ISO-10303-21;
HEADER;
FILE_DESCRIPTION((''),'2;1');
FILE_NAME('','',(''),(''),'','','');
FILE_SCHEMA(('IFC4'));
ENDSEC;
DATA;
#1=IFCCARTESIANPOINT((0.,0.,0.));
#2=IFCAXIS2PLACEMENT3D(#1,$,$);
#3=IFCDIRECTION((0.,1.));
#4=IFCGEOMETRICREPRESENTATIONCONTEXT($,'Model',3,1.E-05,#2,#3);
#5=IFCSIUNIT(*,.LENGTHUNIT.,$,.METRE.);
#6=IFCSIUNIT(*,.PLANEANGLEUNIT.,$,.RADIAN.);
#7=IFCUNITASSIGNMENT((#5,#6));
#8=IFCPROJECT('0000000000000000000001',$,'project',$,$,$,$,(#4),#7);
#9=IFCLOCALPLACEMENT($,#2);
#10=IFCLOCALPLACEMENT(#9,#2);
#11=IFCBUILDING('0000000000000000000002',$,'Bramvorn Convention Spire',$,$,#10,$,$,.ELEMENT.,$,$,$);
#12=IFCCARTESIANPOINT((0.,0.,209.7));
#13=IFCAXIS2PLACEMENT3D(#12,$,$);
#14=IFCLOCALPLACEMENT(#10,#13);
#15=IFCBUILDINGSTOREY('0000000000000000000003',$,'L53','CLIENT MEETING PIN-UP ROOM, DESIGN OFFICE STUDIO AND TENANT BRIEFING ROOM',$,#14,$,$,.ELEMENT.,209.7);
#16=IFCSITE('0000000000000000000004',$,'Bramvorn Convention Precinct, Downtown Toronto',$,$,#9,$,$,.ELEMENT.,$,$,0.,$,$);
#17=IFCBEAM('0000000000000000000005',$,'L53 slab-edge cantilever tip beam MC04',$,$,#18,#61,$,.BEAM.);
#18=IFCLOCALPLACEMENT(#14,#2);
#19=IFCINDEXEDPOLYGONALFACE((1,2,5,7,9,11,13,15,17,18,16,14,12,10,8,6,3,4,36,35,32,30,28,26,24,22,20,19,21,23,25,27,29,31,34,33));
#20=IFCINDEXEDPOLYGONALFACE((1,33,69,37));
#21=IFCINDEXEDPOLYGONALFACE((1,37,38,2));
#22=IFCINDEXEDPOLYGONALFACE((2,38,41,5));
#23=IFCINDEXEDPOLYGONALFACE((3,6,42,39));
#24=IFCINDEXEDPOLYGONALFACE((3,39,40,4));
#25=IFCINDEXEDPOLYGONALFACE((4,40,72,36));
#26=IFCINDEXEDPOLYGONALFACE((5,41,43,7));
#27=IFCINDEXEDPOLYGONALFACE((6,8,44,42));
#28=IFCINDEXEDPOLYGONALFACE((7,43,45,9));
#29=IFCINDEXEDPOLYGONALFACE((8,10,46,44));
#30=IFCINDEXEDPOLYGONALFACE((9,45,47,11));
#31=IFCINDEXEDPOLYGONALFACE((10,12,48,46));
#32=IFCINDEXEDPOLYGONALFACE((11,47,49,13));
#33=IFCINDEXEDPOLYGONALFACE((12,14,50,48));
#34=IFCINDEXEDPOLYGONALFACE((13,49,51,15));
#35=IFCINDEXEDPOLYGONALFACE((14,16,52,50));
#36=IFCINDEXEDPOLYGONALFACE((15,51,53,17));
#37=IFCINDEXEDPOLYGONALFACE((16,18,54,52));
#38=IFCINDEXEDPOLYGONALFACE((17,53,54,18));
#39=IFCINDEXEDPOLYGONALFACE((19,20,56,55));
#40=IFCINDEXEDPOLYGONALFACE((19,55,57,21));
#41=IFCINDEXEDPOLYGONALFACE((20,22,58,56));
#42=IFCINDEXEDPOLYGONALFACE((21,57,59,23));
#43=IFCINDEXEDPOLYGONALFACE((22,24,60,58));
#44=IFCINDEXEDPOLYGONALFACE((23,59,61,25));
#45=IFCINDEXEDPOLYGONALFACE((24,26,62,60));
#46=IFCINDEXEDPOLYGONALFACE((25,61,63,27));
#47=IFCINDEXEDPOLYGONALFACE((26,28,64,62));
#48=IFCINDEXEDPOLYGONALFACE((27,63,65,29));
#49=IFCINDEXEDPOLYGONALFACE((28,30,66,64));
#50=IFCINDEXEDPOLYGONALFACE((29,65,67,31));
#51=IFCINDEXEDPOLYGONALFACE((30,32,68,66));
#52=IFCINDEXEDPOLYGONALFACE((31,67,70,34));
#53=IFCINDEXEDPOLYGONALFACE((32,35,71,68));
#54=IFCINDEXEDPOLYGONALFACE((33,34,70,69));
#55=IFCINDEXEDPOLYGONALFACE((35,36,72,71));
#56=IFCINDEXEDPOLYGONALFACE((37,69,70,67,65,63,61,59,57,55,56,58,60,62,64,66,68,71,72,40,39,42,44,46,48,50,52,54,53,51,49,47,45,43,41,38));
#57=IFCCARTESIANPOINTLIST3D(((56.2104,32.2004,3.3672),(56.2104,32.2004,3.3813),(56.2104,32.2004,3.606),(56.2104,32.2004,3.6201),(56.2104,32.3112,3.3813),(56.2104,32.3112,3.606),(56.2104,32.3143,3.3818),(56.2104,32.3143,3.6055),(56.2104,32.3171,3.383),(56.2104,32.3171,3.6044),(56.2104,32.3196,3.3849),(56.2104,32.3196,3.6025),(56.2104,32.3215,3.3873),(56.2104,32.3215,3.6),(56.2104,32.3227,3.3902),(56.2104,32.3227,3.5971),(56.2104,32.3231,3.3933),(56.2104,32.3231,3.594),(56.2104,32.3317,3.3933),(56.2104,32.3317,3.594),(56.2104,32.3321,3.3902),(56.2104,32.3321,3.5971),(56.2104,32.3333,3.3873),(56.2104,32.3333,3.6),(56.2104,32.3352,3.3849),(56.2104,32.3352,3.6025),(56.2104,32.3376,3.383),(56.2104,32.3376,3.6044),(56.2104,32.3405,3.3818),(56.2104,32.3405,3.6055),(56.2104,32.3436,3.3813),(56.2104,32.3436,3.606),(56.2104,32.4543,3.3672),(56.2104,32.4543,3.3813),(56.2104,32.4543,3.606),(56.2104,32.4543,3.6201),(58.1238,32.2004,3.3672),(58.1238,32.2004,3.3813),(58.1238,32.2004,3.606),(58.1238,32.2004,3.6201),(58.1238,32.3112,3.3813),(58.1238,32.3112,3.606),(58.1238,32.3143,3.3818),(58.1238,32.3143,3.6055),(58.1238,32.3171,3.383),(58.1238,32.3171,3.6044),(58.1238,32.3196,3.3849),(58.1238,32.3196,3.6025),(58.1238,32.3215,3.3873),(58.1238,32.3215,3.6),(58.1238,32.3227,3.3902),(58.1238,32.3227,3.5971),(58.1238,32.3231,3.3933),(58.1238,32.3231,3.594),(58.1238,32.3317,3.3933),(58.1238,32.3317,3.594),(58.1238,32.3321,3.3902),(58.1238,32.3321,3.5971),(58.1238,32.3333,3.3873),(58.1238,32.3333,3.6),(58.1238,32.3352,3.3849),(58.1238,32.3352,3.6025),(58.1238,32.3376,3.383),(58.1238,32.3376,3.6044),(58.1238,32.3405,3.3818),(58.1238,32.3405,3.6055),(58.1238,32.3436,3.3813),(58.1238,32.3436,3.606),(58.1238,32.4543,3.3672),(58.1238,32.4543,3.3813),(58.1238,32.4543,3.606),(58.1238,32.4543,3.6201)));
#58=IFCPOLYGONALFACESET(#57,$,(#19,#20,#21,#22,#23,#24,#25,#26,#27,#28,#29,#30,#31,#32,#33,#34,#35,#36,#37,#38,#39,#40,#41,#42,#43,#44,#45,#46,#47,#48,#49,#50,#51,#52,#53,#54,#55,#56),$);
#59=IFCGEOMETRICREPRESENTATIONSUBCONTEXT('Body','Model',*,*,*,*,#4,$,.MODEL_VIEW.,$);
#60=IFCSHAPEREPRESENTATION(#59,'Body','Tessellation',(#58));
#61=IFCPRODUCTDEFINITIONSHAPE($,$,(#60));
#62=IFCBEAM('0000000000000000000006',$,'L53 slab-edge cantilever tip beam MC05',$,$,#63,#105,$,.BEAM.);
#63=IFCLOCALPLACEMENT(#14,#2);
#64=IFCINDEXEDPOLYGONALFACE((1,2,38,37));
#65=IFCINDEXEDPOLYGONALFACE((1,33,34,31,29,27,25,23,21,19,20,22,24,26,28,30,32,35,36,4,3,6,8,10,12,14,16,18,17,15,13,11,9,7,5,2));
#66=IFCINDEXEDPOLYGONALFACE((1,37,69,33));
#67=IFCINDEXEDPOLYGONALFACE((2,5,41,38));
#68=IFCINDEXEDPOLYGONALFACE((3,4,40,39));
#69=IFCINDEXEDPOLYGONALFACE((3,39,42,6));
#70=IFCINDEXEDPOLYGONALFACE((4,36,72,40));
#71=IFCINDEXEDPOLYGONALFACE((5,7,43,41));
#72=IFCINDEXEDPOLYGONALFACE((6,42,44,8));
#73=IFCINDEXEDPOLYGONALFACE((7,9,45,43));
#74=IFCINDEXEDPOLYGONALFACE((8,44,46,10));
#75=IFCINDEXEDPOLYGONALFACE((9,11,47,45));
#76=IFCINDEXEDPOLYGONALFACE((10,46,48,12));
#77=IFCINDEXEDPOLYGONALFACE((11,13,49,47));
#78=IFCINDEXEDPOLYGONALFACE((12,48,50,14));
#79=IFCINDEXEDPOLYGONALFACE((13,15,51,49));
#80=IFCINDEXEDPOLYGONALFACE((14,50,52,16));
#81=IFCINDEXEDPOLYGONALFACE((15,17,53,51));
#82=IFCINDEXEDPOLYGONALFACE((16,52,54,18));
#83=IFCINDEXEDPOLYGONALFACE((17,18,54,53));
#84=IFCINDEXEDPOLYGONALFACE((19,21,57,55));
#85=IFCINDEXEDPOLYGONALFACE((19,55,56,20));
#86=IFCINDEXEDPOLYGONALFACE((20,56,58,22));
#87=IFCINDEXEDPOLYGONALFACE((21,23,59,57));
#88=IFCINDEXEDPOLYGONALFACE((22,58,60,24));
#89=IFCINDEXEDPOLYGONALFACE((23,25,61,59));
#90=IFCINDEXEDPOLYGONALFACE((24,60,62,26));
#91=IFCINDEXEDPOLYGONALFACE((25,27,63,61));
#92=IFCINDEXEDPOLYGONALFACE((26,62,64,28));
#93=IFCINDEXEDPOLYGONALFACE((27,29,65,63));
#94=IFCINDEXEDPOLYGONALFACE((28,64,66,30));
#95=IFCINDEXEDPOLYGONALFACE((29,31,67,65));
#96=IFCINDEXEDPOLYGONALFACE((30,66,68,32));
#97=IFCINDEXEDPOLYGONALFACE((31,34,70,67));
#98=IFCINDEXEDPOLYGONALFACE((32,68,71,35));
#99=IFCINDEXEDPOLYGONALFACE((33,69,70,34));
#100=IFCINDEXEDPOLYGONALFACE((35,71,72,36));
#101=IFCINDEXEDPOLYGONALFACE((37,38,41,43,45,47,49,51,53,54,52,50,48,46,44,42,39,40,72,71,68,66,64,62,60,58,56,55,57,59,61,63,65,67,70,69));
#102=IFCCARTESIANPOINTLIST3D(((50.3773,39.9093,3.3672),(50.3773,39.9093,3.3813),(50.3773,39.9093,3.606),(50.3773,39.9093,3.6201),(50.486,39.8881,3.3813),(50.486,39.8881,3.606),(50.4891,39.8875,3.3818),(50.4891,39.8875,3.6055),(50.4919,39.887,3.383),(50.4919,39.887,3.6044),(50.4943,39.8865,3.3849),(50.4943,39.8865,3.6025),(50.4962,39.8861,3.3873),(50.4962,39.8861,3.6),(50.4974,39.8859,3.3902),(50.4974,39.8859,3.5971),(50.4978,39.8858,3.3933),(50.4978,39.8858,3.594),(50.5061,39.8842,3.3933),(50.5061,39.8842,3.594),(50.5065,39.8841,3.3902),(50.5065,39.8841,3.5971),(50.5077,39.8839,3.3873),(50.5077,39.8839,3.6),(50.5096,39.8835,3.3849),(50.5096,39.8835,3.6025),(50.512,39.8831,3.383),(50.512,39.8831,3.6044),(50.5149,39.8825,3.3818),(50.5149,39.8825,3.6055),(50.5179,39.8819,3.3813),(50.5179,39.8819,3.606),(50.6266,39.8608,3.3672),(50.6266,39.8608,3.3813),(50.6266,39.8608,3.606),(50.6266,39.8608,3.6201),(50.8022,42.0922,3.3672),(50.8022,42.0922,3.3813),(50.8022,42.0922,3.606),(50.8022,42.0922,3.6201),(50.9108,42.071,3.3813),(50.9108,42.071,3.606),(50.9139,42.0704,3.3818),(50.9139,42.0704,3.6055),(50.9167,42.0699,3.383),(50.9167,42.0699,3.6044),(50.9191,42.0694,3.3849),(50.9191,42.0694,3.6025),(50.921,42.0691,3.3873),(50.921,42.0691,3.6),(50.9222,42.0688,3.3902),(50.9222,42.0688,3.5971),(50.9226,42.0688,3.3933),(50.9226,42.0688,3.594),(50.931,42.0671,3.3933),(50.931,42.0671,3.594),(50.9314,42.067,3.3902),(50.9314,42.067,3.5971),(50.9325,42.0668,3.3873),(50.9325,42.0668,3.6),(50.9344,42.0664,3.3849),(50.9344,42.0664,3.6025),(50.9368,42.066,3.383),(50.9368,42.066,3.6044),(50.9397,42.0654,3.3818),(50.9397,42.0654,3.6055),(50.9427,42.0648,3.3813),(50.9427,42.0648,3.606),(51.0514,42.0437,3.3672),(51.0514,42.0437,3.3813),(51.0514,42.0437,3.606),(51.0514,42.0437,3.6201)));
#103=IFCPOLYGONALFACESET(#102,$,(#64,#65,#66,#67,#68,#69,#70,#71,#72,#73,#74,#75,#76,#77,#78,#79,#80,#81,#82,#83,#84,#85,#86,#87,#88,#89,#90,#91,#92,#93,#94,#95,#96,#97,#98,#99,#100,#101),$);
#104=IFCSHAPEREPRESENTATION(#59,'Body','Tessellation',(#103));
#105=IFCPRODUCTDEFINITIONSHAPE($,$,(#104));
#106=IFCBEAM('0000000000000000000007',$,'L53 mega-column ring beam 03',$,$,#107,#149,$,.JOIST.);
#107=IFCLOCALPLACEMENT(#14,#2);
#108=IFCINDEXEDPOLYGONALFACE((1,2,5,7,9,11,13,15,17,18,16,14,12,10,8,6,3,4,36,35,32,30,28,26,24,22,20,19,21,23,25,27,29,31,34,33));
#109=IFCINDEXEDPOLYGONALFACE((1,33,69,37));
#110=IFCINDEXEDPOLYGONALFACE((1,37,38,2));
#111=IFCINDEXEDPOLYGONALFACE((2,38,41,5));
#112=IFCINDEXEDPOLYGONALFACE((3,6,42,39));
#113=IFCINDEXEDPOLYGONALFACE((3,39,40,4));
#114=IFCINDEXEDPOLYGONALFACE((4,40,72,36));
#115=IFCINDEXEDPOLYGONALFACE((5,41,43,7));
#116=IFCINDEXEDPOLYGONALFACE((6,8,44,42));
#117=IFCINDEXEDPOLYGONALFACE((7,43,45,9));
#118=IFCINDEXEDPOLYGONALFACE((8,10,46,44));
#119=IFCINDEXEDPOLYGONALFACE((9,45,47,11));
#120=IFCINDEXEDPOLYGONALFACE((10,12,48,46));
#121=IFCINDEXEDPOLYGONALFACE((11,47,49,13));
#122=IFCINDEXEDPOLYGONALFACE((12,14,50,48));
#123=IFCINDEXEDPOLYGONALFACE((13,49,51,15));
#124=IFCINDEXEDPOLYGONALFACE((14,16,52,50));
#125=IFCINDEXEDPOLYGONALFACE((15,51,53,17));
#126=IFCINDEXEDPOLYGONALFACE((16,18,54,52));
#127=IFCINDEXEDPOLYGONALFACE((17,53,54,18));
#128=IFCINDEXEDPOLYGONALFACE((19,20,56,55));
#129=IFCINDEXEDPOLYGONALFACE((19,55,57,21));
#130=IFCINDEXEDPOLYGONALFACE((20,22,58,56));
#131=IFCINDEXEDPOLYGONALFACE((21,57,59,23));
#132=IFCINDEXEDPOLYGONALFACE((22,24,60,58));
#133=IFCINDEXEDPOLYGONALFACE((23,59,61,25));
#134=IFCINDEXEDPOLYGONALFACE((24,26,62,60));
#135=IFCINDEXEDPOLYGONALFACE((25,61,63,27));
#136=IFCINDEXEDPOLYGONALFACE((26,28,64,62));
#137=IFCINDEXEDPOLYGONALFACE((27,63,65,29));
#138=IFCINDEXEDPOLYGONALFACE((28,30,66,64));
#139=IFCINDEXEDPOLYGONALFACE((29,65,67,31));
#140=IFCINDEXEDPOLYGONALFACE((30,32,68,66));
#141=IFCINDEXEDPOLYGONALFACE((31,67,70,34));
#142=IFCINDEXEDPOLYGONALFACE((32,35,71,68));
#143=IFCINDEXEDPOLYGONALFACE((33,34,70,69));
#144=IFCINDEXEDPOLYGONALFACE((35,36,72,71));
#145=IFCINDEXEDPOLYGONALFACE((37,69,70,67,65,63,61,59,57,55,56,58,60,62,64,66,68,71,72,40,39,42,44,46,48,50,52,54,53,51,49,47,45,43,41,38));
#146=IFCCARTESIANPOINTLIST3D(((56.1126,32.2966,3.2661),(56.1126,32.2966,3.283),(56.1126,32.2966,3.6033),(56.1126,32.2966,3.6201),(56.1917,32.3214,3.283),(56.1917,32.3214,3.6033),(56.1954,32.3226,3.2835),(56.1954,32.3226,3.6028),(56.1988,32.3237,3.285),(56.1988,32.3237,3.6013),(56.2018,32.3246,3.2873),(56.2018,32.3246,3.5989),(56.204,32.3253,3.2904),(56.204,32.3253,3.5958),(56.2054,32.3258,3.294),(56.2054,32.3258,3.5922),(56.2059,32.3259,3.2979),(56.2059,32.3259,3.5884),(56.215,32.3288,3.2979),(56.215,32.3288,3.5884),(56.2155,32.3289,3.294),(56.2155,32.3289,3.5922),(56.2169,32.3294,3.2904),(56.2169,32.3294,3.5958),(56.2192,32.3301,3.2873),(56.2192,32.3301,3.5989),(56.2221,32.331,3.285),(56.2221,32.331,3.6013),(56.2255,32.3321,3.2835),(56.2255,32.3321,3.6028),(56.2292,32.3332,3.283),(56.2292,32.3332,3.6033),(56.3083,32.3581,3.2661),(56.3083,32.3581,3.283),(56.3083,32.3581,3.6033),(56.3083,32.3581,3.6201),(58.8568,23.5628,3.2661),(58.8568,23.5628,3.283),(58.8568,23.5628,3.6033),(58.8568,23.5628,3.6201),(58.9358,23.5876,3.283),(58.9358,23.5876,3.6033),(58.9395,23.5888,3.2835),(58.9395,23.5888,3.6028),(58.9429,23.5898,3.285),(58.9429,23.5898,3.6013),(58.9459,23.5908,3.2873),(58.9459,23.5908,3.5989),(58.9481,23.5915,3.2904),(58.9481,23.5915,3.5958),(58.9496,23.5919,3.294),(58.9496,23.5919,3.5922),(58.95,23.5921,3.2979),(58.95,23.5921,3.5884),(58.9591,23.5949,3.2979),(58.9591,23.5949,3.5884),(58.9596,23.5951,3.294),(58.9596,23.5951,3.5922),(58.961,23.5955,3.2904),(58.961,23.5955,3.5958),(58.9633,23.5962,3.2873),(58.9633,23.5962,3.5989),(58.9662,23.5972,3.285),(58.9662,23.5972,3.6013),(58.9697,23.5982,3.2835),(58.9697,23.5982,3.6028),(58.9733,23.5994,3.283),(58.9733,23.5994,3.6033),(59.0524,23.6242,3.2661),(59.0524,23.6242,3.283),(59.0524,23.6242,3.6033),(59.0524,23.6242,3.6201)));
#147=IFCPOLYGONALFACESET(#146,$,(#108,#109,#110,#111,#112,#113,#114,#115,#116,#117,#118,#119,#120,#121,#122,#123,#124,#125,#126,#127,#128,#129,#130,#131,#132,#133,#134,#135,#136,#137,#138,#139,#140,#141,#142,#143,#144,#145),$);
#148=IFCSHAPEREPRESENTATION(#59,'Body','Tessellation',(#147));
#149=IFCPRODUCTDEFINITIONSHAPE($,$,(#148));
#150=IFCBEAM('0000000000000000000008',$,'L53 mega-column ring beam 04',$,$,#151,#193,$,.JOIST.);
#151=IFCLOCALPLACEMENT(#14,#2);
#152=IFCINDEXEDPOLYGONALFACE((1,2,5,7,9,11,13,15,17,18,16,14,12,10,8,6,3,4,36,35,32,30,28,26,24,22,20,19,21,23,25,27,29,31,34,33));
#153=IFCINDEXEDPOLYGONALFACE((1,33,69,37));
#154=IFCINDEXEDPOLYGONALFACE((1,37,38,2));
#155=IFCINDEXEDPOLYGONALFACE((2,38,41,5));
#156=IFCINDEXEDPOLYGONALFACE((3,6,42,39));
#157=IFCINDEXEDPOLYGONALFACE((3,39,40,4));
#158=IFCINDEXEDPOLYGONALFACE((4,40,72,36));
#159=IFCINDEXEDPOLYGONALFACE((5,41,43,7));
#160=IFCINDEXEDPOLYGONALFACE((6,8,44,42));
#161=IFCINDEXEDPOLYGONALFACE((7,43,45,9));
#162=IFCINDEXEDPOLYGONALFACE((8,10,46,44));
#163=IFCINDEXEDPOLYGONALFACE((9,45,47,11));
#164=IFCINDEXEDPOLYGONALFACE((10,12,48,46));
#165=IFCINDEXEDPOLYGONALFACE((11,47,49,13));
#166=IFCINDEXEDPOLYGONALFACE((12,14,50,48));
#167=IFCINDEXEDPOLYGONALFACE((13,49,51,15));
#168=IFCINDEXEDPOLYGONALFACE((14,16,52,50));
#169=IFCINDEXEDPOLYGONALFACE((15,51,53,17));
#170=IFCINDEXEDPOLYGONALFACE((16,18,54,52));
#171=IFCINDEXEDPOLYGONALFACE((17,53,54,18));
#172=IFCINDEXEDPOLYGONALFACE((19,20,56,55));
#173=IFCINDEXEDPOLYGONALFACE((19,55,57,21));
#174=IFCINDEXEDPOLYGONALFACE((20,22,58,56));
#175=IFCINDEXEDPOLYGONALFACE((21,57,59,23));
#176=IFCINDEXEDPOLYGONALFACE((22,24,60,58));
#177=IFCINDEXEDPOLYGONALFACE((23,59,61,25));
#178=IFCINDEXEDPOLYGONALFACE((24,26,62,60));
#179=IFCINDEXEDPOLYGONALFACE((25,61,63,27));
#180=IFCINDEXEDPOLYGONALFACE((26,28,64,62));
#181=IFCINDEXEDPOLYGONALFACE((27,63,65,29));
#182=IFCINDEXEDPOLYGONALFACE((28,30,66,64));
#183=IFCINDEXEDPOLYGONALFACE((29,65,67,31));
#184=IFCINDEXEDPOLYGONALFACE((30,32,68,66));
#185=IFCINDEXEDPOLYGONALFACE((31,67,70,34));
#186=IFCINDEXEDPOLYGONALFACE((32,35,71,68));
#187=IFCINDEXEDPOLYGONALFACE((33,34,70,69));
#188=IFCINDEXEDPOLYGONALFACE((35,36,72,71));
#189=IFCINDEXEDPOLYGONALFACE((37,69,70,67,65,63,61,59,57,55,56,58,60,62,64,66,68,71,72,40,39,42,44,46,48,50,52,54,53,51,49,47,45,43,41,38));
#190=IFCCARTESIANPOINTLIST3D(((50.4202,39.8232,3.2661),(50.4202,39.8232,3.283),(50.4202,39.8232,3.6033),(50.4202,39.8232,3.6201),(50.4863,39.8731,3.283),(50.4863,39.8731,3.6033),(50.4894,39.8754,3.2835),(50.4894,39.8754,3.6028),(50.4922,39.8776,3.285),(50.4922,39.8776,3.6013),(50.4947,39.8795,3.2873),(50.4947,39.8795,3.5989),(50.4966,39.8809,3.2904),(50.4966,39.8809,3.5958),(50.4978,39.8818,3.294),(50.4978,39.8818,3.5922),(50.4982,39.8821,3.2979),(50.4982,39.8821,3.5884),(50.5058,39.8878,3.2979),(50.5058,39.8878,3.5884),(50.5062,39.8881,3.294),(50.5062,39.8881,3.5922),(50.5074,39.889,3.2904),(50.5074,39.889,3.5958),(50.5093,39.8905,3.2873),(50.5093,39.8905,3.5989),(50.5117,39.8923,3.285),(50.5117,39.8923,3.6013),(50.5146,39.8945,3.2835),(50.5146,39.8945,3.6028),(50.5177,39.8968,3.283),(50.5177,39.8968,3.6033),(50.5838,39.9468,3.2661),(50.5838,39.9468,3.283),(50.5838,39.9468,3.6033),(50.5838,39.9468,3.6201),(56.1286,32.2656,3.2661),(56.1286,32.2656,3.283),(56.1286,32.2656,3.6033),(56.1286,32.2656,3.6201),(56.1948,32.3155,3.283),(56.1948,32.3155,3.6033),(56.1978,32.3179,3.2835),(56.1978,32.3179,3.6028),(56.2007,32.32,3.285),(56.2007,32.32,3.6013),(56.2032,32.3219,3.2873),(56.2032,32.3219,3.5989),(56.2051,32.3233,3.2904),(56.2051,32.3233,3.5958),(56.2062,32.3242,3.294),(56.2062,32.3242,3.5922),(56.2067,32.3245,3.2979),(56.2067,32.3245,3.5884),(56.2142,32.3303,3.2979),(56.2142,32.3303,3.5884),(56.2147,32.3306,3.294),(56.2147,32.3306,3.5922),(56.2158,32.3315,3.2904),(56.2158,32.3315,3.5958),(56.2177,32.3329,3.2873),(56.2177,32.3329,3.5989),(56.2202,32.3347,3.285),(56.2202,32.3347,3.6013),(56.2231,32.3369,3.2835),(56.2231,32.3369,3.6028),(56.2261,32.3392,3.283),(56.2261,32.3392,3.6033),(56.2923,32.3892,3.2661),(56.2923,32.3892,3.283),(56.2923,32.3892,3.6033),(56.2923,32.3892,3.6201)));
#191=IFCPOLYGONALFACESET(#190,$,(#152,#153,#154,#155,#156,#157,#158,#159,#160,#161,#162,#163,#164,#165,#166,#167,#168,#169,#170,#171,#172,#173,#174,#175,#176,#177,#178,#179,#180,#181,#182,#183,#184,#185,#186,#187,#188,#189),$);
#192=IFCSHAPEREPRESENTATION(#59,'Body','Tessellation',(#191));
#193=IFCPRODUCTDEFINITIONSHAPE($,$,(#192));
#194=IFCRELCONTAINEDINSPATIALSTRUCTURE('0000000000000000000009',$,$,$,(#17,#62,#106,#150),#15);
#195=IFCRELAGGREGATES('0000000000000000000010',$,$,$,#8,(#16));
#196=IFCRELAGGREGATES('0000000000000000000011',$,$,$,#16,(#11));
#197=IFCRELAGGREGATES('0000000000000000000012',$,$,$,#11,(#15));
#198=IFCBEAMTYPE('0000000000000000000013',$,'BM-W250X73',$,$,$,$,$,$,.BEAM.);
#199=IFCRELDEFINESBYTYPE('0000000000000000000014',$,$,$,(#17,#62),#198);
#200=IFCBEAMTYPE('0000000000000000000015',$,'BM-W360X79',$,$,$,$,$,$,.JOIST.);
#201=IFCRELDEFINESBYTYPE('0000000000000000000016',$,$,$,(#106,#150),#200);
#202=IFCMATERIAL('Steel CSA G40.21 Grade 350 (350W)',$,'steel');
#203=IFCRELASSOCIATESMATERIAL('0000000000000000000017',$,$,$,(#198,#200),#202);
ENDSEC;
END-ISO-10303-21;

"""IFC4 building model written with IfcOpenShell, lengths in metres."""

from ifc_helpers import new_model, si_unit, direction, frame, origin, origin_2d, place, context, subcontext, project, spatial, i_section, extrude, material, material_profile, profile_set, type_object, element, save


model = new_model("IFC4")

# Units and contexts
model_context = context("Model", 3, precision=1e-05, world=origin(), true_north=direction((0.0, 1.0)))
body_context = subcontext(model_context, "Body", "Model", "MODEL_VIEW")
ifc_project = project(units=[si_unit("LENGTHUNIT", "METRE"), si_unit("PLANEANGLEUNIT", "RADIAN")], contexts=[model_context])

# Site, building, storey
site_placement = place(None, origin())
site = spatial("IfcSite", under=ifc_project, at=site_placement, Name="Bramvorn Convention Precinct, Downtown Toronto", CompositionType="ELEMENT", RefElevation=0.0)
building_placement = place(site_placement, origin())
building = spatial("IfcBuilding", under=site, at=building_placement, Name="Bramvorn Convention Spire", CompositionType="ELEMENT")
storey_placement = place(building_placement, frame((0.0, 0.0, 209.7)))
storey = spatial("IfcBuildingStorey", under=building, at=storey_placement, Name="L53", Description="CLIENT MEETING PIN-UP ROOM, DESIGN OFFICE STUDIO AND TENANT BRIEFING ROOM", CompositionType="ELEMENT", Elevation=209.7)

# Shared definitions
ifc_material_1 = material(Name="Steel CSA G40.21 Grade 350 (350W)", Category="steel")

# Beams
ifc_material_profile_1 = material_profile(ifc_material_1, i_section(OverallWidth=0.2539, OverallDepth=0.2529, WebThickness=0.0085, FlangeThickness=0.0142, FilletRadius=0.012, at=origin_2d()))
ifc_profile_set_1 = profile_set([ifc_material_profile_1], Name="Steel CSA G40.21 Grade 350 (350W) - W250X73")
beam_type_1 = type_object("IfcBeamType", Name="BM-W250X73", PredefinedType="BEAM", material=ifc_profile_set_1)
beam_1_placement = place(storey_placement, frame((56.2104, 32.3274, 3.4937), z_axis=(1.0, 0.0, 0.0), x_axis=(0.0, 1.0, 0.0)))
element("IfcBeam", 1, at=beam_1_placement, inside=storey, type_object=beam_type_1, Name="L53 slab-edge cantilever tip beam MC04", PredefinedType="BEAM", context=body_context, shape_type="SweptSolid", body=[
    extrude(i_section(OverallWidth=0.2539, OverallDepth=0.2529, WebThickness=0.0085, FlangeThickness=0.0142, FilletRadius=0.012, at=origin_2d()), origin(), (0.0, 0.0, 1.0), 1.9133),
])
beam_2_placement = place(storey_placement, frame((50.502, 39.885, 3.4937), z_axis=(0.191025, 0.981585, 0.0), x_axis=(-0.981585, 0.191025, 0.0)))
element("IfcBeam", 2, at=beam_2_placement, inside=storey, type_object=beam_type_1, Name="L53 slab-edge cantilever tip beam MC05", PredefinedType="BEAM", context=body_context, shape_type="SweptSolid", body=[
    extrude(i_section(OverallWidth=0.2539, OverallDepth=0.2529, WebThickness=0.0085, FlangeThickness=0.0142, FilletRadius=0.012, at=origin_2d()), origin(), (0.0, 0.0, 1.0), 2.2239),
])
ifc_material_profile_2 = material_profile(ifc_material_1, i_section(OverallWidth=0.2051, OverallDepth=0.354, WebThickness=0.0095, FlangeThickness=0.0168, FilletRadius=0.0149, at=origin_2d()))
ifc_profile_set_2 = profile_set([ifc_material_profile_2], Name="Steel CSA G40.21 Grade 350 (350W) - W360X79")
beam_type_2 = type_object("IfcBeamType", Name="BM-W360X79", PredefinedType="JOIST", material=ifc_profile_set_2)
beam_3_placement = place(storey_placement, frame((58.9546, 23.5935, 3.4431), z_axis=(-0.299748, 0.954019, 0.0), x_axis=(-0.954019, -0.299748, 0.0)))
element("IfcBeam", 3, at=beam_3_placement, inside=storey, type_object=beam_type_2, Name="L53 mega-column ring beam 03", PredefinedType="JOIST", context=body_context, shape_type="SweptSolid", body=[
    extrude(i_section(OverallWidth=0.2051, OverallDepth=0.354, WebThickness=0.0095, FlangeThickness=0.0168, FilletRadius=0.0149, at=origin_2d()), origin(), (0.0, 0.0, 1.0), 9.1548),
])
for number, where, z_axis, x_axis, name in (
    (4, (56.2104, 32.3274, 3.4431), (-0.602719, 0.797954, 0.0), (-0.797954, -0.602719, 0.0), "L53 mega-column ring beam 04"),
):
    element("IfcBeam", number, at=place(storey_placement, frame(where, z_axis=z_axis, x_axis=x_axis)), inside=storey, type_object=beam_type_2, Name=name, PredefinedType="JOIST", context=body_context, shape_type="SweptSolid", body=[
        extrude(i_section(OverallWidth=0.2051, OverallDepth=0.354, WebThickness=0.0095, FlangeThickness=0.0168, FilletRadius=0.0149, at=origin_2d()), origin(), (0.0, 0.0, 1.0), 9.4712),
    ])

save(model, "model.ifc")
